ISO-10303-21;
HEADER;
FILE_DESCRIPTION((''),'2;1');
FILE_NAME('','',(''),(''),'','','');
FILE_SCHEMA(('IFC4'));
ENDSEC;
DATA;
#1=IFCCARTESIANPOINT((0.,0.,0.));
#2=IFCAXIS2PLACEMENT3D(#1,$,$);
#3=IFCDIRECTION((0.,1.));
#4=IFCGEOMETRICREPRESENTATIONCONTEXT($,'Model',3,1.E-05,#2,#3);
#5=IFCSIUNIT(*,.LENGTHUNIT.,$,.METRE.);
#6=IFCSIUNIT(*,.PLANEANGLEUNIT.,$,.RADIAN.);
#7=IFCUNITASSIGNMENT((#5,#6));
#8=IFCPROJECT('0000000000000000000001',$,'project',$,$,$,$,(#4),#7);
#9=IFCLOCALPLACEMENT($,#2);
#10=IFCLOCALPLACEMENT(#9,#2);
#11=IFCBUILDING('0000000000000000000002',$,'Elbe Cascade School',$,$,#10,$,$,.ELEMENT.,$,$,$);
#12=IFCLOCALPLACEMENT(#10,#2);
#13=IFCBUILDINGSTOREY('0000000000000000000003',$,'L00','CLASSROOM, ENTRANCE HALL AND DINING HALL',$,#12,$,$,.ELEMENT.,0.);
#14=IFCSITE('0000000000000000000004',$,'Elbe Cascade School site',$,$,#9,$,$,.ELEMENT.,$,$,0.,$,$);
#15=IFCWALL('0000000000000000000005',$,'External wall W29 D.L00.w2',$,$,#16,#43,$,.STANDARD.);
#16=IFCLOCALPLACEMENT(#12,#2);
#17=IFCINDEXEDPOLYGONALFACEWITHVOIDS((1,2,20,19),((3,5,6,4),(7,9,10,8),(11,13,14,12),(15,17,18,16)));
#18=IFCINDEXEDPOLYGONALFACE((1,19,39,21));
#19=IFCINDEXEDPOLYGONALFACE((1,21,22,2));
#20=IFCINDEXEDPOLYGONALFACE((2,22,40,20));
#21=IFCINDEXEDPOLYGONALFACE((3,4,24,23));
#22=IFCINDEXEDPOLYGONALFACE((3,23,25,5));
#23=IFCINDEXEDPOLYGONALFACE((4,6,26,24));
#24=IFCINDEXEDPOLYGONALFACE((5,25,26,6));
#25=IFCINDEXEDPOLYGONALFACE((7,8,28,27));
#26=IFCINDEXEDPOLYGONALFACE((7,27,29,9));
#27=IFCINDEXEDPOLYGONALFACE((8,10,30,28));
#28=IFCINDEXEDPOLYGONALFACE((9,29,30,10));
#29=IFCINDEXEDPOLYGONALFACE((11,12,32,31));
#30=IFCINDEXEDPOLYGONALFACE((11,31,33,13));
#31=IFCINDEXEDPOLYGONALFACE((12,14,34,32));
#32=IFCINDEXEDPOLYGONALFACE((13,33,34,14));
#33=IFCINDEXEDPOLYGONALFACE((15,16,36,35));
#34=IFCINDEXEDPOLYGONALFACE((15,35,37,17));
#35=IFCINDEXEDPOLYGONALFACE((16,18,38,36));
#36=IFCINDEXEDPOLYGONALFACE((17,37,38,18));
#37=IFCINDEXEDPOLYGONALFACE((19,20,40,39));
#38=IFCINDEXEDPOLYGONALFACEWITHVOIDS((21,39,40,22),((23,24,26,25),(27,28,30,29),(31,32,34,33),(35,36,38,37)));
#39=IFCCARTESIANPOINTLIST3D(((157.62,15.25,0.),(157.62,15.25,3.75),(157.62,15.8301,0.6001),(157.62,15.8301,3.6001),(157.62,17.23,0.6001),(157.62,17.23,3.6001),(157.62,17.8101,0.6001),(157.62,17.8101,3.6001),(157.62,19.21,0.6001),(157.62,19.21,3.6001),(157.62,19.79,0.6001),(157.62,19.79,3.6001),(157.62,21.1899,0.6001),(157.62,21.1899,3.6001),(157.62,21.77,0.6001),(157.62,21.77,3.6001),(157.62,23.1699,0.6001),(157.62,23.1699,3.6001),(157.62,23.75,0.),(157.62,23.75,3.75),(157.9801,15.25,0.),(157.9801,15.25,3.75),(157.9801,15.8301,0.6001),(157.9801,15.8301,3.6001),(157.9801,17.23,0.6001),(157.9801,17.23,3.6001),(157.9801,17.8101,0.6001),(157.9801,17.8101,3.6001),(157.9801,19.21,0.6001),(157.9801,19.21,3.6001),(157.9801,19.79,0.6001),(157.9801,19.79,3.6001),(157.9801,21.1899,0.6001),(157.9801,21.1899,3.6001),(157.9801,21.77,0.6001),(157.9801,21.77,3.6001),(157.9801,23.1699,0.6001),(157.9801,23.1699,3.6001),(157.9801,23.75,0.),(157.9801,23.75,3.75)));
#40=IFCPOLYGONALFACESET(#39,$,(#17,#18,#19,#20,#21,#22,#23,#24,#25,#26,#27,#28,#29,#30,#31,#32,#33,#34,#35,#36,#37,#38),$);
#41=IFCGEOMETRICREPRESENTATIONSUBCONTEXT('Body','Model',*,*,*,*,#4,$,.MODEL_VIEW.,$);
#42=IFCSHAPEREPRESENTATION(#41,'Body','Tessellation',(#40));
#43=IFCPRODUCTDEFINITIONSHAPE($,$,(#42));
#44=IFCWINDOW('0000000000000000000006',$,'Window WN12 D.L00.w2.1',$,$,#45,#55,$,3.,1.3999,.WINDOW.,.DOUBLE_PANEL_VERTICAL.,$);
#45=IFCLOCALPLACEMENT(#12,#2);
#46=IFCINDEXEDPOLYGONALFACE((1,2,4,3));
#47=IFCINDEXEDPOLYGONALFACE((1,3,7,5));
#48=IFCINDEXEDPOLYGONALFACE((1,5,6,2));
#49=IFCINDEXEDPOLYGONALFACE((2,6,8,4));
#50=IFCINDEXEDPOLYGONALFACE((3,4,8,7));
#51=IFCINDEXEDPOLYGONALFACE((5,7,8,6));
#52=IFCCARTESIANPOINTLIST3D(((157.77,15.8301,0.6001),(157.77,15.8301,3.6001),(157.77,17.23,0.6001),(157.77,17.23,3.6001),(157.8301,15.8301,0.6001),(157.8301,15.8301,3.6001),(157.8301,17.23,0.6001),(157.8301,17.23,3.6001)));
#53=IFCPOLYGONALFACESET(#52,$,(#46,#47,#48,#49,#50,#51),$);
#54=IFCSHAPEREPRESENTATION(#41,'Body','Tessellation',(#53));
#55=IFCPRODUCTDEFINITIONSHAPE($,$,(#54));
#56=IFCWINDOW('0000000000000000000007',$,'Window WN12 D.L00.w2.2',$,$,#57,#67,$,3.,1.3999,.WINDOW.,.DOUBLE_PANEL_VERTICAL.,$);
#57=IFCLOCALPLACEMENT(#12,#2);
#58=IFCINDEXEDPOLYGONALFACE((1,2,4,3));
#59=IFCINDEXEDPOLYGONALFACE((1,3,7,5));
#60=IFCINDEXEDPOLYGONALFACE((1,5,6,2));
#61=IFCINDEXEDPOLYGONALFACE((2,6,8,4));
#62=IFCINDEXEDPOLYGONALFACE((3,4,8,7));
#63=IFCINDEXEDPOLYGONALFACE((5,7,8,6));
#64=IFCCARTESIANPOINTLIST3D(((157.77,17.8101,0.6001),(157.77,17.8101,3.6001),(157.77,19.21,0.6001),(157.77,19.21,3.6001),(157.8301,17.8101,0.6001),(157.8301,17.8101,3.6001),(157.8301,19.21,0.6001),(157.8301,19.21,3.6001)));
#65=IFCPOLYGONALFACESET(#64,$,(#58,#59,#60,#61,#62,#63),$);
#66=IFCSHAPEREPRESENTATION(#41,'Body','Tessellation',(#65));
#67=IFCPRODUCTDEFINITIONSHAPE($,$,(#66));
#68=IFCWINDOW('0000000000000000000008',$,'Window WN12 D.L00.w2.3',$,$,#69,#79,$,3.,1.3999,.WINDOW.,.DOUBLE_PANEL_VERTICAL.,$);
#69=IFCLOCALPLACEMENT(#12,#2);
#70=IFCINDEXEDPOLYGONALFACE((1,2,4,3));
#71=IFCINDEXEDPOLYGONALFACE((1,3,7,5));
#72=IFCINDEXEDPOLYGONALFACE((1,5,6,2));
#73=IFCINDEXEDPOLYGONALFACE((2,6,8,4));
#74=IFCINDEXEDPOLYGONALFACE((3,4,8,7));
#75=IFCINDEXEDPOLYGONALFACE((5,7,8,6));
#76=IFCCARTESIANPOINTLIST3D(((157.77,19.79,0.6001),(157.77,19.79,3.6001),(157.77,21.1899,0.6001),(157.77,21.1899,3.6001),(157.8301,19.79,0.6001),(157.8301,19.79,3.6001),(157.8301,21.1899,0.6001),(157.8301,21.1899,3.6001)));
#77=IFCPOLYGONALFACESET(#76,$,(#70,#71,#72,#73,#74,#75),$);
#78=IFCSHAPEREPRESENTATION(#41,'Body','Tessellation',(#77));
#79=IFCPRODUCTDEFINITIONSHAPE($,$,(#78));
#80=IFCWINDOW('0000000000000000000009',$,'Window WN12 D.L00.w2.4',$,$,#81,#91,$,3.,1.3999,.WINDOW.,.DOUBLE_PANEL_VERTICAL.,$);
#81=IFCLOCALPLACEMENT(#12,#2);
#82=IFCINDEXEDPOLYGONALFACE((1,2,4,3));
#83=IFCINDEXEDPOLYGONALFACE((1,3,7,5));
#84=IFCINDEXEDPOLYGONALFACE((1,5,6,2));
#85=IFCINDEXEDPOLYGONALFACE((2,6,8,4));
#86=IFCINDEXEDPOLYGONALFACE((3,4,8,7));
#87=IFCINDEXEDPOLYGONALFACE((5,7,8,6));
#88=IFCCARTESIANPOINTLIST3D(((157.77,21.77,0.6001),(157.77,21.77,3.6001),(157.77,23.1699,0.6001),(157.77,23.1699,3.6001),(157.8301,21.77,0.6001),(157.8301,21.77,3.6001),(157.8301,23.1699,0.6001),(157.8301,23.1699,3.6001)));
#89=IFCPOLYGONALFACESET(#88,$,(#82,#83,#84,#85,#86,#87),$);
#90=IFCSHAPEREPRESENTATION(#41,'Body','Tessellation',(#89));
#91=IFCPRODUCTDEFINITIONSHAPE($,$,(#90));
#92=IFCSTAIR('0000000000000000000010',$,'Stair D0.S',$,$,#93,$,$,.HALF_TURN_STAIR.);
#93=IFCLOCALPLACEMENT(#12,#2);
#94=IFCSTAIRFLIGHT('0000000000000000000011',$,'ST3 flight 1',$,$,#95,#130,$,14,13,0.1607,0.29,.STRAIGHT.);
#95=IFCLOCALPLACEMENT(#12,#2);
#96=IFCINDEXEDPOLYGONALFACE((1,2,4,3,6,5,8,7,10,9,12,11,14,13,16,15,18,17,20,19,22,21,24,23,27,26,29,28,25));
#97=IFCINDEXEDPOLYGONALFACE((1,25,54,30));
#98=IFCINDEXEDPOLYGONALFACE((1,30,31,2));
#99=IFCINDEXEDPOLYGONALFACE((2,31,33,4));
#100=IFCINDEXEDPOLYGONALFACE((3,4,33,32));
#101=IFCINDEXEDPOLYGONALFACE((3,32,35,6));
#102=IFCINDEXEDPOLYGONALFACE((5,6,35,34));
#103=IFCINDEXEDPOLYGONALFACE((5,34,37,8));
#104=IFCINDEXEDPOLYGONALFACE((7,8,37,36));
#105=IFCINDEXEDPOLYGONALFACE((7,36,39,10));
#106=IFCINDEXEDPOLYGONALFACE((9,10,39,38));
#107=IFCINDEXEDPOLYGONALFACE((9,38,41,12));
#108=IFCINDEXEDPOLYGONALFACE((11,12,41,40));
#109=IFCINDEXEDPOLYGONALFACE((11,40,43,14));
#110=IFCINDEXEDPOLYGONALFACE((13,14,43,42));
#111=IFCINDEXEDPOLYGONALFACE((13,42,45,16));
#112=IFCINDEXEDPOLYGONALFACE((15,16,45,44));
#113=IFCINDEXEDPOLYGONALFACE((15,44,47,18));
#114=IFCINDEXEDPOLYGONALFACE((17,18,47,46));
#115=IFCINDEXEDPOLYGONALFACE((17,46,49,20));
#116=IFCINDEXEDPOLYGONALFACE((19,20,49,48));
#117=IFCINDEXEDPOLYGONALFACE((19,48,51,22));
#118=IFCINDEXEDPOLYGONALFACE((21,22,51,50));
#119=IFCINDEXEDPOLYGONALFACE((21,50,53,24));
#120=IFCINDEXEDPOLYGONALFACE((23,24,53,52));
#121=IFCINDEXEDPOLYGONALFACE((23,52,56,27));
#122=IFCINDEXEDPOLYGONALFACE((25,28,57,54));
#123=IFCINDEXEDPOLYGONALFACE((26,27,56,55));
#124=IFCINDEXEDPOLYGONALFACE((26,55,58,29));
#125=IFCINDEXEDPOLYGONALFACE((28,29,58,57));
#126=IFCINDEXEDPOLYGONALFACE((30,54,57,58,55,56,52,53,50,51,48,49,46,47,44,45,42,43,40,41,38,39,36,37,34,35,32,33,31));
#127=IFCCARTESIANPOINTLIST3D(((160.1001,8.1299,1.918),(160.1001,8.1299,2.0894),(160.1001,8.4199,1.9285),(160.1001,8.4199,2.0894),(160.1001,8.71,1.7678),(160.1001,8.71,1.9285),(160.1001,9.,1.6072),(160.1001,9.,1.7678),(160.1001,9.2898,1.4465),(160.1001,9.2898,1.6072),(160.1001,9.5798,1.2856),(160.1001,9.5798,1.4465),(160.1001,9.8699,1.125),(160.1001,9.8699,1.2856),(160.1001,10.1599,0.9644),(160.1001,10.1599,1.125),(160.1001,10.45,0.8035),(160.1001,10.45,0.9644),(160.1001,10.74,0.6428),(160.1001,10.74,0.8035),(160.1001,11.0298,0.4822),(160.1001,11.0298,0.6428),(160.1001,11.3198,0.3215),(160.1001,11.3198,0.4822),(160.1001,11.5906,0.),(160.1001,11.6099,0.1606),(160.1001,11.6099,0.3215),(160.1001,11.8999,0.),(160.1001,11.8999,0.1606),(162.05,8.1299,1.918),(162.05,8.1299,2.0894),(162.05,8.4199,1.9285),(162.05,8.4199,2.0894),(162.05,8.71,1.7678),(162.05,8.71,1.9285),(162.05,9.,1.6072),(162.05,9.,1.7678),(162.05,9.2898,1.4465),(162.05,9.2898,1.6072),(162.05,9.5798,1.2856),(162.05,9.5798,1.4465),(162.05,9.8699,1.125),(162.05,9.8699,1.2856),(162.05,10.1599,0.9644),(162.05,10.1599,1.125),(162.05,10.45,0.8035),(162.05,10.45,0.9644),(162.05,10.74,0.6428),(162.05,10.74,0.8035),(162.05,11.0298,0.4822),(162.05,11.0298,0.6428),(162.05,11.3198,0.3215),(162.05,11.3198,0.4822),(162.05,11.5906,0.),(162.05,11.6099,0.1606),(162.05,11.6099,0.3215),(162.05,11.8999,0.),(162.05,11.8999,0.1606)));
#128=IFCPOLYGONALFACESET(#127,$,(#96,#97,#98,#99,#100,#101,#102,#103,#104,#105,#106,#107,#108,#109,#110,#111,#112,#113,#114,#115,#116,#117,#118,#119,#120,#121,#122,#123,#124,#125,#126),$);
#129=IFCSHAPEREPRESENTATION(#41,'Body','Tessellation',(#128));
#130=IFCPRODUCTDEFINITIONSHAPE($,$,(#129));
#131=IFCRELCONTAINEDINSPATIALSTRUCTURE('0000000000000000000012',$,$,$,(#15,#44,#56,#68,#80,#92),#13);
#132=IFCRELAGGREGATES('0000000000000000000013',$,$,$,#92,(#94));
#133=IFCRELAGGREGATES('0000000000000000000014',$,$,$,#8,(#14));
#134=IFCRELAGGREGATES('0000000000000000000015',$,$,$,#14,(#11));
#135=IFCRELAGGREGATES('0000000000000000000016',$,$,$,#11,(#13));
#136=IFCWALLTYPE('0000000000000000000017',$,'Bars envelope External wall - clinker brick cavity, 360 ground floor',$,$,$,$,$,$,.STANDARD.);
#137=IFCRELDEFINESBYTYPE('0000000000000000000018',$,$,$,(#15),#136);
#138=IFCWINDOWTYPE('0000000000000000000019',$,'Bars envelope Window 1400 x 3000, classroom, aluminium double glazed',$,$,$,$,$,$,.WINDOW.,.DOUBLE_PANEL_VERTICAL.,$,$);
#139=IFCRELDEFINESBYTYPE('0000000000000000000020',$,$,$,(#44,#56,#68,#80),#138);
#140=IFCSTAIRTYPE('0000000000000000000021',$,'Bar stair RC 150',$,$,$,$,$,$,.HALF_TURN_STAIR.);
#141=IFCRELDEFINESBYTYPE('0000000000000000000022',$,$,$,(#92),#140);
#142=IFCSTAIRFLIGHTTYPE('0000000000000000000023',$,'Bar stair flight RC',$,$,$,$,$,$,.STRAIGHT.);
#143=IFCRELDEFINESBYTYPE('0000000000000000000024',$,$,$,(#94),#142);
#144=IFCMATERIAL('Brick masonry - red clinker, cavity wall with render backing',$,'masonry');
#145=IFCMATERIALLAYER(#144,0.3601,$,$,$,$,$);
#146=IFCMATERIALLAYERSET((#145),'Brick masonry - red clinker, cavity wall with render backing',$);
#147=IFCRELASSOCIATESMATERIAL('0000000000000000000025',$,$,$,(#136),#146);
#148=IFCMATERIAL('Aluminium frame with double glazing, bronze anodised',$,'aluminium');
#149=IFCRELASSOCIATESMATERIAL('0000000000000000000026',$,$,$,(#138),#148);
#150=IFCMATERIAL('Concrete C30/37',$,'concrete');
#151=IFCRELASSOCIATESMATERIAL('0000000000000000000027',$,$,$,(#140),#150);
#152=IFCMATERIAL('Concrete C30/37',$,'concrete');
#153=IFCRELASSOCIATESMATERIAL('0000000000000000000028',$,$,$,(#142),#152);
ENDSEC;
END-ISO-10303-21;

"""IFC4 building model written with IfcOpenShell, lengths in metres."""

from ifc_helpers import new_model, si_unit, direction, frame, frame_2d, origin, place, context, subcontext, project, spatial, polyline, rectangle, outline, extrude, material, layer, layer_set, type_object, element, fill, aggregate, save


model = new_model("IFC4")

# Units and contexts
model_context = context("Model", 3, precision=1e-05, world=origin(), true_north=direction((0.0, 1.0)))
body_context = subcontext(model_context, "Body", "Model", "MODEL_VIEW")
ifc_project = project(units=[si_unit("LENGTHUNIT", "METRE"), si_unit("PLANEANGLEUNIT", "RADIAN")], contexts=[model_context])

# Site, building, storey
site_placement = place(None, origin())
site = spatial("IfcSite", under=ifc_project, at=site_placement, Name="Elbe Cascade School site", CompositionType="ELEMENT", RefElevation=0.0)
building_placement = place(site_placement, origin())
building = spatial("IfcBuilding", under=site, at=building_placement, Name="Elbe Cascade School", CompositionType="ELEMENT")
storey_placement = place(building_placement, origin())
storey = spatial("IfcBuildingStorey", under=building, at=storey_placement, Name="L00", Description="CLASSROOM, ENTRANCE HALL AND DINING HALL", CompositionType="ELEMENT", Elevation=0.0)

# Wall, openings, windows
ifc_material_1 = material(Name="Brick masonry - red clinker, cavity wall with render backing", Category="masonry")
ifc_layer_1 = layer(ifc_material_1, 0.3601)
ifc_layer_set_1 = layer_set([ifc_layer_1], Name="Brick masonry - red clinker, cavity wall with render backing")
wall_type_1 = type_object("IfcWallType", Name="Bars envelope External wall - clinker brick cavity, 360 ground floor", PredefinedType="STANDARD", material=ifc_layer_set_1)
wall_1_placement = place(storey_placement, frame((157.8, 15.25, 0.0), z_axis=(0.0, 0.0, 1.0), x_axis=(0.0, 1.0, 0.0)))
wall_1 = element("IfcWall", 1, at=wall_1_placement, inside=storey, type_object=wall_type_1, Name="External wall W29 D.L00.w2", PredefinedType="STANDARD", context=body_context, shape_type="SweptSolid", body=[
    extrude(rectangle(XDim=8.5, YDim=0.3601, at=frame_2d((4.25, 0.0))), origin(), (0.0, 0.0, 1.0), 3.75),
])
opening_1_placement = place(wall_1_placement, frame((0.5801, 0.0, 0.6001)))
opening_1 = element("IfcOpeningElement", 2, at=opening_1_placement, cuts=wall_1, PredefinedType="OPENING", context=body_context, shape_type="SweptSolid", body=[
    extrude(rectangle(XDim=1.3999, YDim=3.0, at=frame_2d((0.7, 1.5))), frame((0.0, 0.1899, 0.0), z_axis=(0.0, -1.0, 0.0), x_axis=(1.0, 0.0, 0.0)), (0.0, 0.0, 1.0), 0.3801),
])
opening_2_placement = place(wall_1_placement, frame((2.5601, 0.0, 0.6001)))
opening_2 = element("IfcOpeningElement", 3, at=opening_2_placement, cuts=wall_1, PredefinedType="OPENING", context=body_context, shape_type="SweptSolid", body=[
    extrude(rectangle(XDim=1.3999, YDim=3.0, at=frame_2d((0.7, 1.5))), frame((0.0, 0.1899, 0.0), z_axis=(0.0, -1.0, 0.0), x_axis=(1.0, 0.0, 0.0)), (0.0, 0.0, 1.0), 0.3801),
])
opening_3_placement = place(wall_1_placement, frame((4.54, 0.0, 0.6001)))
opening_3 = element("IfcOpeningElement", 4, at=opening_3_placement, cuts=wall_1, PredefinedType="OPENING", context=body_context, shape_type="SweptSolid", body=[
    extrude(rectangle(XDim=1.3999, YDim=3.0, at=frame_2d((0.7, 1.5))), frame((0.0, 0.1899, 0.0), z_axis=(0.0, -1.0, 0.0), x_axis=(1.0, 0.0, 0.0)), (0.0, 0.0, 1.0), 0.3801),
])
opening_4_placement = place(wall_1_placement, frame((6.52, 0.0, 0.6001)))
opening_4 = element("IfcOpeningElement", 5, at=opening_4_placement, cuts=wall_1, PredefinedType="OPENING", context=body_context, shape_type="SweptSolid", body=[
    extrude(rectangle(XDim=1.3999, YDim=3.0, at=frame_2d((0.7, 1.5))), frame((0.0, 0.1899, 0.0), z_axis=(0.0, -1.0, 0.0), x_axis=(1.0, 0.0, 0.0)), (0.0, 0.0, 1.0), 0.3801),
])
ifc_material_2 = material(Name="Aluminium frame with double glazing, bronze anodised", Category="aluminium")
window_type = type_object("IfcWindowType", Name="Bars envelope Window 1400 x 3000, classroom, aluminium double glazed", PartitioningType="DOUBLE_PANEL_VERTICAL", PredefinedType="WINDOW", material=ifc_material_2)
window_1_placement = place(opening_1_placement, origin())
window_1 = element("IfcWindow", 6, at=window_1_placement, inside=storey, type_object=window_type, Name="Window WN12 D.L00.w2.1", OverallHeight=3.0, OverallWidth=1.3999, PartitioningType="DOUBLE_PANEL_VERTICAL", PredefinedType="WINDOW", context=body_context, shape_type="SweptSolid", body=[
    extrude(rectangle(XDim=1.3999, YDim=3.0, at=frame_2d((0.7, 1.5))), frame((0.0, 0.03, 0.0), z_axis=(0.0, -1.0, 0.0), x_axis=(1.0, 0.0, 0.0)), (0.0, 0.0, 1.0), 0.0601),
])
fill(opening_1, window_1)
window_2_placement = place(opening_2_placement, origin())
window_2 = element("IfcWindow", 7, at=window_2_placement, inside=storey, type_object=window_type, Name="Window WN12 D.L00.w2.2", OverallHeight=3.0, OverallWidth=1.3999, PartitioningType="DOUBLE_PANEL_VERTICAL", PredefinedType="WINDOW", context=body_context, shape_type="SweptSolid", body=[
    extrude(rectangle(XDim=1.3999, YDim=3.0, at=frame_2d((0.7, 1.5))), frame((0.0, 0.03, 0.0), z_axis=(0.0, -1.0, 0.0), x_axis=(1.0, 0.0, 0.0)), (0.0, 0.0, 1.0), 0.0601),
])
fill(opening_2, window_2)
window_3_placement = place(opening_3_placement, origin())
window_3 = element("IfcWindow", 8, at=window_3_placement, inside=storey, type_object=window_type, Name="Window WN12 D.L00.w2.3", OverallHeight=3.0, OverallWidth=1.3999, PartitioningType="DOUBLE_PANEL_VERTICAL", PredefinedType="WINDOW", context=body_context, shape_type="SweptSolid", body=[
    extrude(rectangle(XDim=1.3999, YDim=3.0, at=frame_2d((0.7, 1.5))), frame((0.0, 0.03, 0.0), z_axis=(0.0, -1.0, 0.0), x_axis=(1.0, 0.0, 0.0)), (0.0, 0.0, 1.0), 0.0601),
])
fill(opening_3, window_3)
window_4_placement = place(opening_4_placement, origin())
window_4 = element("IfcWindow", 9, at=window_4_placement, inside=storey, type_object=window_type, Name="Window WN12 D.L00.w2.4", OverallHeight=3.0, OverallWidth=1.3999, PartitioningType="DOUBLE_PANEL_VERTICAL", PredefinedType="WINDOW", context=body_context, shape_type="SweptSolid", body=[
    extrude(rectangle(XDim=1.3999, YDim=3.0, at=frame_2d((0.7, 1.5))), frame((0.0, 0.03, 0.0), z_axis=(0.0, -1.0, 0.0), x_axis=(1.0, 0.0, 0.0)), (0.0, 0.0, 1.0), 0.0601),
])
fill(opening_4, window_4)

# Stair, stair flight
ifc_material_3 = material(Name="Concrete C30/37", Category="concrete")
stair_type = type_object("IfcStairType", Name="Bar stair RC 150", PredefinedType="HALF_TURN_STAIR", material=ifc_material_3)
stair_placement = place(storey_placement, origin())
stair = element("IfcStair", 10, at=stair_placement, inside=storey, type_object=stair_type, Name="Stair D0.S", PredefinedType="HALF_TURN_STAIR")
ifc_material_4 = material(Name="Concrete C30/37", Category="concrete")
stair_flight_type = type_object("IfcStairFlightType", Name="Bar stair flight RC", PredefinedType="STRAIGHT", material=ifc_material_4)
stair_flight_placement = place(storey_placement, frame((161.075, 11.8999, 0.0), z_axis=(0.0, 0.0, 1.0), x_axis=(0.0, -1.0, 0.0)))
stair_flight = element("IfcStairFlight", 11, at=stair_flight_placement, type_object=stair_flight_type, Name="ST3 flight 1", NumberOfRisers=14, NumberOfTreads=13, PredefinedType="STRAIGHT", RiserHeight=0.1607, TreadLength=0.29, context=body_context, shape_type="SweptSolid", body=[
    extrude(outline(polyline([(0.0, 0.0), (0.0, 0.1606), (0.29, 0.1606), (0.29, 0.3215), (0.5801, 0.3215), (0.5801, 0.4822), (0.8701, 0.4822), (0.8701, 0.6428), (1.1599, 0.6428), (1.1599, 0.8035), (1.45, 0.8035), (1.45, 0.9644), (1.74, 0.9644), (1.74, 1.125), (2.03, 1.125), (2.03, 1.2856), (2.3201, 1.2856), (2.3201, 1.4465), (2.6101, 1.4465), (2.6101, 1.6072), (2.8999, 1.6072), (2.8999, 1.7678), (3.1899, 1.7678), (3.1899, 1.9285), (3.48, 1.9285), (3.48, 2.0894), (3.77, 2.0894), (3.77, 2.25), (3.77, 1.918), (0.3093, 0.0), (0.0, 0.0)])), frame((0.0, 0.9751, 0.0), z_axis=(0.0, -1.0, 0.0), x_axis=(1.0, 0.0, 0.0)), (0.0, 0.0, 1.0), 1.95),
])
aggregate(stair, [stair_flight])

save(model, "model.ifc")
